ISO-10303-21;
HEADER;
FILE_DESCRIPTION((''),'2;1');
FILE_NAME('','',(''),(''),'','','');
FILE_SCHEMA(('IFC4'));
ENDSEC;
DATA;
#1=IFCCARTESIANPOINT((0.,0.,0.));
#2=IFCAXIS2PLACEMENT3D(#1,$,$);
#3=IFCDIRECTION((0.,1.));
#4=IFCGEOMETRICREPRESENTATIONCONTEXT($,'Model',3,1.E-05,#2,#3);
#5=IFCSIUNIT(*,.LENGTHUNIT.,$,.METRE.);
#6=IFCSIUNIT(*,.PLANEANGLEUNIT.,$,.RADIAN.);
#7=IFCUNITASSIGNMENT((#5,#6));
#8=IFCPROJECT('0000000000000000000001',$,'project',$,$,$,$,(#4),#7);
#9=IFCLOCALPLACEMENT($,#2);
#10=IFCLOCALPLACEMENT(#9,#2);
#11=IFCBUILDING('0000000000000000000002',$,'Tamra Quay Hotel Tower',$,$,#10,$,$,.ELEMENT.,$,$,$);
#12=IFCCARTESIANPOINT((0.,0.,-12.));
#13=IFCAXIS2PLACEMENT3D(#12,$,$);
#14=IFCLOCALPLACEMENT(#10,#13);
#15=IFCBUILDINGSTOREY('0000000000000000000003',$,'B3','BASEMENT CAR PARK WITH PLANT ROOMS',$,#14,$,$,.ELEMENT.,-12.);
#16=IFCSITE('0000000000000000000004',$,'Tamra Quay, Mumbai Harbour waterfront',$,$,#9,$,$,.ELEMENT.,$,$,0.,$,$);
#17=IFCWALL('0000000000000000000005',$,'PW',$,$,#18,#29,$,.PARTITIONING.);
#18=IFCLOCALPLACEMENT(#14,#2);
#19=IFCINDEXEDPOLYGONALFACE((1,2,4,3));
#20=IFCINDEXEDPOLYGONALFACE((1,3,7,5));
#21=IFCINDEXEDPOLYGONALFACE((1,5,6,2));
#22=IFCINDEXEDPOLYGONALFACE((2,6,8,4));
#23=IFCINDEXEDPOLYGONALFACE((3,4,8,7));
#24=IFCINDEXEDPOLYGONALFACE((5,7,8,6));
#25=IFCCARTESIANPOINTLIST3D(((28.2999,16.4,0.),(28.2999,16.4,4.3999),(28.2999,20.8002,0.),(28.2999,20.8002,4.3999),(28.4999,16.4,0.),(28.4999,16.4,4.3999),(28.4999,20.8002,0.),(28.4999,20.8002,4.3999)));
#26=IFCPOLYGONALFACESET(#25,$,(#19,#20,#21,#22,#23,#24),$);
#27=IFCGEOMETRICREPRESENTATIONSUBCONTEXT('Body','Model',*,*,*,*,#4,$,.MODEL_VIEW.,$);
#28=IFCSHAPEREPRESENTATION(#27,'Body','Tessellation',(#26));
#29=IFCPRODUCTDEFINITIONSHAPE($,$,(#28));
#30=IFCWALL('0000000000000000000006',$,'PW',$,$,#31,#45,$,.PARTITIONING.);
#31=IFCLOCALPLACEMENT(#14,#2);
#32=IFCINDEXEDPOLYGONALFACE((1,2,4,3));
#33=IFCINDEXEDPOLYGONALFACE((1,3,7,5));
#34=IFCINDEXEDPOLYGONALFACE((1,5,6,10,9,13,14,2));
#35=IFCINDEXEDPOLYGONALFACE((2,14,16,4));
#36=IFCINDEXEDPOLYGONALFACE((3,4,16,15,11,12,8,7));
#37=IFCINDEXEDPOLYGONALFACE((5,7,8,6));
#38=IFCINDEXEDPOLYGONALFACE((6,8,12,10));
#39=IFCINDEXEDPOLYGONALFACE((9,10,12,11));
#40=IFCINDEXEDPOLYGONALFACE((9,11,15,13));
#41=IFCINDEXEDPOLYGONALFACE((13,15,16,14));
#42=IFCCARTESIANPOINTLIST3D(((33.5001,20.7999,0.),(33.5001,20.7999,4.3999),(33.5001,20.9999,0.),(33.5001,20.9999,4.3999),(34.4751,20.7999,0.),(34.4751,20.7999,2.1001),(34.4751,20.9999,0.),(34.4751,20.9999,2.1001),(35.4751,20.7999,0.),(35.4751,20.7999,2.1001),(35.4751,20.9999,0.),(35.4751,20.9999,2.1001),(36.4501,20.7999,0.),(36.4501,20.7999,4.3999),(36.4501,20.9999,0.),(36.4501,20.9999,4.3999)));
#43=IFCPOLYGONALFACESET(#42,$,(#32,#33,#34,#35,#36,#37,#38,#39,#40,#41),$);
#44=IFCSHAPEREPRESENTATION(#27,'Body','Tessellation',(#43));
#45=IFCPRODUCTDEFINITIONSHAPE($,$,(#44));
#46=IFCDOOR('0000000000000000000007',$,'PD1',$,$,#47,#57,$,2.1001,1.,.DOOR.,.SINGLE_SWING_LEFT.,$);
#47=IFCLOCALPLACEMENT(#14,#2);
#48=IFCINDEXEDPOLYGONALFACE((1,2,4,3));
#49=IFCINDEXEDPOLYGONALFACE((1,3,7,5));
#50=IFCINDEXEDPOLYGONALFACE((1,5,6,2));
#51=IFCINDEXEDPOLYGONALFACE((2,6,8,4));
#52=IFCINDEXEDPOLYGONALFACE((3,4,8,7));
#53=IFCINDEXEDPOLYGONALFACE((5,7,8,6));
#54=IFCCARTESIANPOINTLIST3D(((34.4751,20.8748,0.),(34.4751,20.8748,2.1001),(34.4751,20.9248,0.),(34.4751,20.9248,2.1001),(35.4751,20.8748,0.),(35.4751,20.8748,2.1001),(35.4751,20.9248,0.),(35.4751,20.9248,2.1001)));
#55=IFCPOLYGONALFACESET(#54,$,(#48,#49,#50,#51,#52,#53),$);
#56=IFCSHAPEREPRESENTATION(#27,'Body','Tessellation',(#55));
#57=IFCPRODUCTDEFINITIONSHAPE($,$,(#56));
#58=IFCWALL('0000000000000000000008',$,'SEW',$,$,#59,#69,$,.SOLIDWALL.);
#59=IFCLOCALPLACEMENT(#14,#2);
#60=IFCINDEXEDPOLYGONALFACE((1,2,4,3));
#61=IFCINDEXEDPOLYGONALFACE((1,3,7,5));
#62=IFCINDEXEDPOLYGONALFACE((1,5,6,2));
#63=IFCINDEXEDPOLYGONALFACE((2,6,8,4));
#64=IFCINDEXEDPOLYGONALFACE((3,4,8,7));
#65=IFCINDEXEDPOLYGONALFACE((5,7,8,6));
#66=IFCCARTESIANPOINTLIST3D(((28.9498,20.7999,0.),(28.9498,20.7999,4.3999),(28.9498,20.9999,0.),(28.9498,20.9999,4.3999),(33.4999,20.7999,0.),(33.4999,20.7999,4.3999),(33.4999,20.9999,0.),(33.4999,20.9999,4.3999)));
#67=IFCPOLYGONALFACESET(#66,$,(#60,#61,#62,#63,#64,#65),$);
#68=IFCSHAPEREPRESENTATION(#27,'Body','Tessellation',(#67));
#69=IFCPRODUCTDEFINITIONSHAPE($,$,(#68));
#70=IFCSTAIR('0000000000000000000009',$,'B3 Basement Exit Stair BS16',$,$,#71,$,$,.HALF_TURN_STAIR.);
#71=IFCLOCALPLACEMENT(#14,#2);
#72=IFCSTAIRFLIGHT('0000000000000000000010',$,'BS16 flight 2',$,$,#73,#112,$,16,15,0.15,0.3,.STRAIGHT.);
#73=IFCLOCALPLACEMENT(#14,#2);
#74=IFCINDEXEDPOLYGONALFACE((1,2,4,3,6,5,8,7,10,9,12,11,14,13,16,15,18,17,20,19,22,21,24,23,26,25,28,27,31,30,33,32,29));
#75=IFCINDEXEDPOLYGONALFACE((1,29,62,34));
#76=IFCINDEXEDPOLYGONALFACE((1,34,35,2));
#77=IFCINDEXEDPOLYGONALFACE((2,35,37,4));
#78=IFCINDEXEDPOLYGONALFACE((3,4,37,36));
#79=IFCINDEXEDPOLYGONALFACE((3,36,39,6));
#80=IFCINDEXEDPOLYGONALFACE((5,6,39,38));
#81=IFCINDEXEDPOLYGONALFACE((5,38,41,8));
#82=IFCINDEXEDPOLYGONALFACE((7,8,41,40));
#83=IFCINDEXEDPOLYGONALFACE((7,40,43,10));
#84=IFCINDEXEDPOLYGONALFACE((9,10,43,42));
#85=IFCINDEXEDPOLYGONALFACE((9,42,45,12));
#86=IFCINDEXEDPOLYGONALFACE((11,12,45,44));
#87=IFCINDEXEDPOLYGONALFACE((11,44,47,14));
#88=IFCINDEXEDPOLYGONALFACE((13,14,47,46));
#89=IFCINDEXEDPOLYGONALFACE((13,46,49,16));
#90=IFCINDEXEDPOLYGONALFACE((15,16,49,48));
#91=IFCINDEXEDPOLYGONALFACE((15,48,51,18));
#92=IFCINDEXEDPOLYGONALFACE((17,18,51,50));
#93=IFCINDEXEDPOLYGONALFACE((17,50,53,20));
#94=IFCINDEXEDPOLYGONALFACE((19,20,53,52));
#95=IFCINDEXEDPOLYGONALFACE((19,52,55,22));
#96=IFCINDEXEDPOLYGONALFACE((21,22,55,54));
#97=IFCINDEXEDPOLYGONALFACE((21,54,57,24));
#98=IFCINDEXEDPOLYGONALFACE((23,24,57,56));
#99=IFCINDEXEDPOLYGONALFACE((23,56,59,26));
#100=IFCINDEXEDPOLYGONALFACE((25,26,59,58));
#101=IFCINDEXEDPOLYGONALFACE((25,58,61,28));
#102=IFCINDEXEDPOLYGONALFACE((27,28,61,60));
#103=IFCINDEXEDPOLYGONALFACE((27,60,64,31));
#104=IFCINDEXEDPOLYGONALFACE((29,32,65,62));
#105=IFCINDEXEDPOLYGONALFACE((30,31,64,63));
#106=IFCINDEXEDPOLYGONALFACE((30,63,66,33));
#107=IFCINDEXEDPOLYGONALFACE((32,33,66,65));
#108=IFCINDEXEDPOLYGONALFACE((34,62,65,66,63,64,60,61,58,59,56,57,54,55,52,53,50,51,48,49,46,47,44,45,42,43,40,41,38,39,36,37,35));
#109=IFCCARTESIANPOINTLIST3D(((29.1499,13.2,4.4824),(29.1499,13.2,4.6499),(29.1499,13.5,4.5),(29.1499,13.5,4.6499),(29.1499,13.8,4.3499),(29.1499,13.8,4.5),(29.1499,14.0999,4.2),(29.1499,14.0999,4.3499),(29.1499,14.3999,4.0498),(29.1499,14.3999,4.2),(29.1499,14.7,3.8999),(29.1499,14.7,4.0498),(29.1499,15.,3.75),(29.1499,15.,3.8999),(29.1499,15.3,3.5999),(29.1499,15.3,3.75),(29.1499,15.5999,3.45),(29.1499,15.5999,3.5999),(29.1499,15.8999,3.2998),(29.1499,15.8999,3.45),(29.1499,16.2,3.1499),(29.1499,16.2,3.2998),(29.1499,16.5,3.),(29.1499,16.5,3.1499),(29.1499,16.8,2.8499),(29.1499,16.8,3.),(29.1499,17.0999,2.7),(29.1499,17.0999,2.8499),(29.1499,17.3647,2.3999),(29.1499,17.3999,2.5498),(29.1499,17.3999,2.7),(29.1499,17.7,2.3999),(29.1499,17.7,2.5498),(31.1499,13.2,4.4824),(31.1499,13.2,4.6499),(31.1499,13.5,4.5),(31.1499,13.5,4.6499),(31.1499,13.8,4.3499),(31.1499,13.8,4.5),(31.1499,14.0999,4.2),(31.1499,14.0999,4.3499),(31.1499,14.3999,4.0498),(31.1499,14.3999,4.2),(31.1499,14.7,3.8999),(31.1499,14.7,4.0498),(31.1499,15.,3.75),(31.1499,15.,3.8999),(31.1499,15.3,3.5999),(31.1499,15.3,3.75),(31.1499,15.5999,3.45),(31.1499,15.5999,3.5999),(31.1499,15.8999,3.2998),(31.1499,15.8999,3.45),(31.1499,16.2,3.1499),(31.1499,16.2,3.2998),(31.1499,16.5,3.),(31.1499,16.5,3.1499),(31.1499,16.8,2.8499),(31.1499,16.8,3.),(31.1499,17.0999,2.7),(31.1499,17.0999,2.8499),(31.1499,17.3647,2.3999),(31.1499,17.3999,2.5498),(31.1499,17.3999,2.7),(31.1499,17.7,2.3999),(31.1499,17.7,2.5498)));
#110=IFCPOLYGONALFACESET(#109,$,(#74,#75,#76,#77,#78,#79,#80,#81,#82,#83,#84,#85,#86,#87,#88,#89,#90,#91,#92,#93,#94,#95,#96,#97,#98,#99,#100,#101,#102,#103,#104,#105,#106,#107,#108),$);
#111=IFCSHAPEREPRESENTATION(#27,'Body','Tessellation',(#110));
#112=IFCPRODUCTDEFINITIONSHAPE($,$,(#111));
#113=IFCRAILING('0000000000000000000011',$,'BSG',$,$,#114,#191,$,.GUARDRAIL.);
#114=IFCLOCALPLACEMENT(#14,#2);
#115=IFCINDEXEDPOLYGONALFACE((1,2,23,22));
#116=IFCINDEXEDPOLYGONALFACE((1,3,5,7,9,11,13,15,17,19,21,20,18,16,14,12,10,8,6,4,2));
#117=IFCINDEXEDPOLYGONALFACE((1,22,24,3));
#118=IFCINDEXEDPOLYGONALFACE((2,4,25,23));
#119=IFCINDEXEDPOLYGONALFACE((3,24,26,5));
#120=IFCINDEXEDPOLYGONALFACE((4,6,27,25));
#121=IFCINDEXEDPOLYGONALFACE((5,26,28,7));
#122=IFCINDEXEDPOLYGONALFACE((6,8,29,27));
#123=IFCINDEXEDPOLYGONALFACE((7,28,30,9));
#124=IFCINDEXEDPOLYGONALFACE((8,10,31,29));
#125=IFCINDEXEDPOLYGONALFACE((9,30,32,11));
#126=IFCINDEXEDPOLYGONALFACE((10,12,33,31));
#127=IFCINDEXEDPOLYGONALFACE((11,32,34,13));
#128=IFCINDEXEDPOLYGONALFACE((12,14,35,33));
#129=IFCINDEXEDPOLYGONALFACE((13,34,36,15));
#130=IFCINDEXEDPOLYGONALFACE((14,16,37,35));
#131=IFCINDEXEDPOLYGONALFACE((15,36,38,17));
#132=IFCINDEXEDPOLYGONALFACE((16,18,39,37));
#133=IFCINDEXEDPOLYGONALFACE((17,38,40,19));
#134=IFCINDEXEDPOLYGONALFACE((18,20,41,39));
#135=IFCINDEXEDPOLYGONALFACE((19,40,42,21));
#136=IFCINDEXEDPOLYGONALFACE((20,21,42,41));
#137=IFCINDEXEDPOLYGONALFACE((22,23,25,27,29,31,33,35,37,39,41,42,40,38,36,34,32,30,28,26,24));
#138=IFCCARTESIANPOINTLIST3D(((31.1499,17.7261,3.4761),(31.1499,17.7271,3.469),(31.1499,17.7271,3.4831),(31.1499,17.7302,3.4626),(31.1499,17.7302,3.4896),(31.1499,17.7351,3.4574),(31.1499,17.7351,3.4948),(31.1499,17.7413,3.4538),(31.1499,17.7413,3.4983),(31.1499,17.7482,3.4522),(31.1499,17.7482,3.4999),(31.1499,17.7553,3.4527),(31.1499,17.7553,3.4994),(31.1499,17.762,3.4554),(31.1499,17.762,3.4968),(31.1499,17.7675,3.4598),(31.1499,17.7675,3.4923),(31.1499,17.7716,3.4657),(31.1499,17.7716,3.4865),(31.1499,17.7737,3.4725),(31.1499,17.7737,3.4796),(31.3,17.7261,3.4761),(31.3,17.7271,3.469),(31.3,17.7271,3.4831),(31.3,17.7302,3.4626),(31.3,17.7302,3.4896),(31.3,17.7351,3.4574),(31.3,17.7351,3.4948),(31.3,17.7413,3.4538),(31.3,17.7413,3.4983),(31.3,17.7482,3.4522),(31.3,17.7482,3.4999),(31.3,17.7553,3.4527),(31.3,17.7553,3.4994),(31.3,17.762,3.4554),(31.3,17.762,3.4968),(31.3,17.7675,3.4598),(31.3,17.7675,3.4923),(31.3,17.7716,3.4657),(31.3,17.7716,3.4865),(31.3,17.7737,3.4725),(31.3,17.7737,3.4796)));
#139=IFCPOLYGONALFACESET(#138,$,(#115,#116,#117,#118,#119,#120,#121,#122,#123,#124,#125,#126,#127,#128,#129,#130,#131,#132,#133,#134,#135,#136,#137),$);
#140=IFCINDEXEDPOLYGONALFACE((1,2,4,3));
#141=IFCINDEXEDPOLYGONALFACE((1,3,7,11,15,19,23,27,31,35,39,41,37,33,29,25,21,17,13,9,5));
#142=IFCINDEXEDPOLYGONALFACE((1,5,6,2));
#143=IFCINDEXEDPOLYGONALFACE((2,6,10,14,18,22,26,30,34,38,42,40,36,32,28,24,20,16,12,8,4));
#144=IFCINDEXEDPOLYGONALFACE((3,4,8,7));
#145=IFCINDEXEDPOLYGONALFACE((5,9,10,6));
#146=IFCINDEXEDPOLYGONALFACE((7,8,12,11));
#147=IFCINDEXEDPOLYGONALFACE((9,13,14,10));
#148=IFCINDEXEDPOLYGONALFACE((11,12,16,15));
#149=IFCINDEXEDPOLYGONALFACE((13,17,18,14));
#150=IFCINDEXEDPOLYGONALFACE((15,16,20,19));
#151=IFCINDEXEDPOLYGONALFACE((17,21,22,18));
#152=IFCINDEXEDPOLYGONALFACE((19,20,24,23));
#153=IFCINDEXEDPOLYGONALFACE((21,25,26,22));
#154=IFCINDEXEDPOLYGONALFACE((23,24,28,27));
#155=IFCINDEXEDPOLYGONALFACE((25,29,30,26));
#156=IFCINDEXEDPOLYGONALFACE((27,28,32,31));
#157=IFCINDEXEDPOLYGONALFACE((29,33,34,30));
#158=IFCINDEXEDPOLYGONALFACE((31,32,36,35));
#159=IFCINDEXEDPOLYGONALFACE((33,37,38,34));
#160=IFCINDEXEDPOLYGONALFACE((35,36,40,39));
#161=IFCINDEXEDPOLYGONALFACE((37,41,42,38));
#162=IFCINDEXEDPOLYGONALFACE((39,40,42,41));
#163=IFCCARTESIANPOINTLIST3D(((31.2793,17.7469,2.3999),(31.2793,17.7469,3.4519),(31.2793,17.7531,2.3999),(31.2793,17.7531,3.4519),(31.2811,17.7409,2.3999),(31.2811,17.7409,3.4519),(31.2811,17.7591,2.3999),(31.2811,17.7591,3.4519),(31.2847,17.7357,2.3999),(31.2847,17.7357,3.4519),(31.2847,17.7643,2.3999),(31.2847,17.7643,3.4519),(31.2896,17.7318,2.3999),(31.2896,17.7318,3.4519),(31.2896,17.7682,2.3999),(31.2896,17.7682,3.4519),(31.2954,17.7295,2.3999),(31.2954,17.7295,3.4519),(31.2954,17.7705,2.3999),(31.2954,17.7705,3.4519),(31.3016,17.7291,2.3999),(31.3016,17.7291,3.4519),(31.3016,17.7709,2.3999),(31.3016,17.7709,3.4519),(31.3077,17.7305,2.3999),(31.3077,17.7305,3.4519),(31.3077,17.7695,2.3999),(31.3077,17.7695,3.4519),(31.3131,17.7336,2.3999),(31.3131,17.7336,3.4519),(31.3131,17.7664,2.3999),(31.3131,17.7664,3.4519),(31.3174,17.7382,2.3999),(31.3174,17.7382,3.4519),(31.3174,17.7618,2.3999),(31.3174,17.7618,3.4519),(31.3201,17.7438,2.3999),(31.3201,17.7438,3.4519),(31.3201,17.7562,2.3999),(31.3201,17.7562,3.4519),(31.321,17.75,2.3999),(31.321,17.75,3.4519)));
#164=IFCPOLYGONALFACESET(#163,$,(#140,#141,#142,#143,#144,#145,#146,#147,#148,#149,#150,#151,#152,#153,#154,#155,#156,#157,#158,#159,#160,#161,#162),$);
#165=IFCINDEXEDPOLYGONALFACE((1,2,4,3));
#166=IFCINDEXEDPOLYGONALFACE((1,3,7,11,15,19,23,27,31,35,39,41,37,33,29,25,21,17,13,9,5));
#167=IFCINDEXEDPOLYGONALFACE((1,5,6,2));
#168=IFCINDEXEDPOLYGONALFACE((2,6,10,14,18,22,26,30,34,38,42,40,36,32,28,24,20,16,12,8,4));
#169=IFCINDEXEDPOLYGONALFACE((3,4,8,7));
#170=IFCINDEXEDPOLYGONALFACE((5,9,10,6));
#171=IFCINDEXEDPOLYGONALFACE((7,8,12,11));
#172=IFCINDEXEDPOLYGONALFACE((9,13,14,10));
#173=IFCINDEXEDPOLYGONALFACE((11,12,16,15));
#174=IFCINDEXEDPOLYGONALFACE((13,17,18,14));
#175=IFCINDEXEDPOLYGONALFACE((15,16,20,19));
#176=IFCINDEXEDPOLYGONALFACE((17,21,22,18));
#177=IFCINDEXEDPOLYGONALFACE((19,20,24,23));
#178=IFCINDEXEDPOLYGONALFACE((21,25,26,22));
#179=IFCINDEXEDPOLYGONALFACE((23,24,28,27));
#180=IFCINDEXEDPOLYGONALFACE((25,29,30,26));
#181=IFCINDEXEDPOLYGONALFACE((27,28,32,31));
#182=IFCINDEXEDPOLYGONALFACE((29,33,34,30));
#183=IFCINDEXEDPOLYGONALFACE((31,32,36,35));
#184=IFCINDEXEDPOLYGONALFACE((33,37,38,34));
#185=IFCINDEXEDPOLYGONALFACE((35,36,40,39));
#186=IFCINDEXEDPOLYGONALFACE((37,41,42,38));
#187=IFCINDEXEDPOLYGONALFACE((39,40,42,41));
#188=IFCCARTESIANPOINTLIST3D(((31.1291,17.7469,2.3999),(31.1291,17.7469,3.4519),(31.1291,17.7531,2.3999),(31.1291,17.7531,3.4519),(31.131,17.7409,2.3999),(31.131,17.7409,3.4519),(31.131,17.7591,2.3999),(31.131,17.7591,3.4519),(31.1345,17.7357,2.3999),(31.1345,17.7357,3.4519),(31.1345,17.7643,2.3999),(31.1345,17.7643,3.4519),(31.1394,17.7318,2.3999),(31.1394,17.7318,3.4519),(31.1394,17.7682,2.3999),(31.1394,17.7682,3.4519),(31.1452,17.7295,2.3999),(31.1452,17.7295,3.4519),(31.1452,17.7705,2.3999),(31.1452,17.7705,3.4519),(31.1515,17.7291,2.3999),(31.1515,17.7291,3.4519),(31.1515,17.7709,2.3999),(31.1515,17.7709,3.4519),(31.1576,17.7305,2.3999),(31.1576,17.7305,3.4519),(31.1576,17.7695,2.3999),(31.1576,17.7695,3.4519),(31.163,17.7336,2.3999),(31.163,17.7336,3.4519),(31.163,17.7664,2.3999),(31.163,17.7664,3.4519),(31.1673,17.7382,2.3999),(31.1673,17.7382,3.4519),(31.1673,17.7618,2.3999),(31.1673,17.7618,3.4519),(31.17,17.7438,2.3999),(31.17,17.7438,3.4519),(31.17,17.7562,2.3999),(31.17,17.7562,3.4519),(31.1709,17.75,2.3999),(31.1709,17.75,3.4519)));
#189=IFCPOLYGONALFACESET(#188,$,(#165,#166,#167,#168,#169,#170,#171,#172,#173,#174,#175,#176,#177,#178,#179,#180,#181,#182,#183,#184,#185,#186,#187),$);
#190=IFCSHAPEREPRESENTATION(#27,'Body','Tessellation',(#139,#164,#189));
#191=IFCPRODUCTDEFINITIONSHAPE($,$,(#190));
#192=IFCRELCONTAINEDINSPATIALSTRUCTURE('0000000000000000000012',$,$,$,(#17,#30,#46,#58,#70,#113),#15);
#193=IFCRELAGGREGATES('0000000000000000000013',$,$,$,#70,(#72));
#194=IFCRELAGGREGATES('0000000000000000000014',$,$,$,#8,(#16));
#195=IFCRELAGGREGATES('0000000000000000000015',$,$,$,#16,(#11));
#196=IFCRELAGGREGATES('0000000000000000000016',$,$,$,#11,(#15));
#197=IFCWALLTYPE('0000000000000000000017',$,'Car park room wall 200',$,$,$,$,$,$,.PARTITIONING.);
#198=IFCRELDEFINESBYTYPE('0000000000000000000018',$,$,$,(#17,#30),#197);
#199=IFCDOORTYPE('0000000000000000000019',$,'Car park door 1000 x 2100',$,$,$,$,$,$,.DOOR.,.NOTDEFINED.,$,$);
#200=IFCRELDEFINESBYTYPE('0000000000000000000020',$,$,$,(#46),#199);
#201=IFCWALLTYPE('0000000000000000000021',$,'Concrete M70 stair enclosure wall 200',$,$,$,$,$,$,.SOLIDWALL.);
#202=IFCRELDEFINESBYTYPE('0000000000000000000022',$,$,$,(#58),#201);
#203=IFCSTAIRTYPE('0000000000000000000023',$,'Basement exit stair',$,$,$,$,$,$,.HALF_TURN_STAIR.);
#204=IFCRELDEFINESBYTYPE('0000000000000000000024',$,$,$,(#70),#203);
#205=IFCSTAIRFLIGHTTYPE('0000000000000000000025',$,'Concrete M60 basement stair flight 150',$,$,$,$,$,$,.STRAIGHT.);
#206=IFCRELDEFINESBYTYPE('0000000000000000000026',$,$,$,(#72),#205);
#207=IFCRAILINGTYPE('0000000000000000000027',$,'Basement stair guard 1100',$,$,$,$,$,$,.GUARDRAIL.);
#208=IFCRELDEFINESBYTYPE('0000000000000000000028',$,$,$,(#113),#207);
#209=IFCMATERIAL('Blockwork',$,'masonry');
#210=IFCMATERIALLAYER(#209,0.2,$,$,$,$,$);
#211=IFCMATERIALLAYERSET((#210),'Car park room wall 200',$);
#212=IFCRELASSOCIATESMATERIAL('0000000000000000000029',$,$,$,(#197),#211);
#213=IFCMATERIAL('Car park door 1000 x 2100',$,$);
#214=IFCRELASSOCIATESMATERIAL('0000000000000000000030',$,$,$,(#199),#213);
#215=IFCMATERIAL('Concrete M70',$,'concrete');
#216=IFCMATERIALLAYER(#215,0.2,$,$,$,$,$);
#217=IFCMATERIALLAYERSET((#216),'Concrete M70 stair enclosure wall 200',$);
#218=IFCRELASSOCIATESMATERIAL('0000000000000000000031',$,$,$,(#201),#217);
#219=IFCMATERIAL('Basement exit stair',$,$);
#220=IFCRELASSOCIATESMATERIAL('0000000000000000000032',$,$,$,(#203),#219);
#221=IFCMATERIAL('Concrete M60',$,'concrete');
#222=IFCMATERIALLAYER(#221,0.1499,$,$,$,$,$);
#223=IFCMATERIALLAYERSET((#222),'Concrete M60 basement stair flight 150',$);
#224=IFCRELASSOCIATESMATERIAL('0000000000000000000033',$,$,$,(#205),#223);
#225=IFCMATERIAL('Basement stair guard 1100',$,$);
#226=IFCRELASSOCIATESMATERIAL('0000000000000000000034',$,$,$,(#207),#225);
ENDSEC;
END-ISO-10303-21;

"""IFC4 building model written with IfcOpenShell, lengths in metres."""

from ifc_helpers import new_model, si_unit, direction, frame, frame_2d, origin, origin_2d, place, context, subcontext, project, spatial, polyline, rectangle, circle, outline, extrude, material, layer, layer_set, type_object, element, fill, aggregate, save


model = new_model("IFC4")

# Units and contexts
model_context = context("Model", 3, precision=1e-05, world=origin(), true_north=direction((0.0, 1.0)))
body_context = subcontext(model_context, "Body", "Model", "MODEL_VIEW")
ifc_project = project(units=[si_unit("LENGTHUNIT", "METRE"), si_unit("PLANEANGLEUNIT", "RADIAN")], contexts=[model_context])

# Site, building, storey
site_placement = place(None, origin())
site = spatial("IfcSite", under=ifc_project, at=site_placement, Name="Tamra Quay, Mumbai Harbour waterfront", CompositionType="ELEMENT", RefElevation=0.0)
building_placement = place(site_placement, origin())
building = spatial("IfcBuilding", under=site, at=building_placement, Name="Tamra Quay Hotel Tower", CompositionType="ELEMENT")
storey_placement = place(building_placement, frame((0.0, 0.0, -12.0)))
storey = spatial("IfcBuildingStorey", under=building, at=storey_placement, Name="B3", Description="BASEMENT CAR PARK WITH PLANT ROOMS", CompositionType="ELEMENT", Elevation=-12.0)

# Shared definitions
ifc_material_1 = material(Name="Concrete M70", Category="concrete")

# Wall
ifc_material_2 = material(Name="Blockwork", Category="masonry")
ifc_layer_1 = layer(ifc_material_2, 0.2)
ifc_layer_set_1 = layer_set([ifc_layer_1], Name="Car park room wall 200")
wall_type_1 = type_object("IfcWallType", Name="Car park room wall 200", PredefinedType="PARTITIONING", material=ifc_layer_set_1)
wall_1_placement = place(storey_placement, frame((28.3999, 16.3999, 0.0), z_axis=(0.0, 0.0, 1.0), x_axis=(0.0, 1.0, 0.0)))
element("IfcWall", 1, at=wall_1_placement, inside=storey, type_object=wall_type_1, Name="PW", PredefinedType="PARTITIONING", context=body_context, shape_type="SweptSolid", body=[
    extrude(rectangle(XDim=4.4001, YDim=0.2, at=frame_2d((2.2002, 0.0))), origin(), (0.0, 0.0, 1.0), 4.3999),
])

# Wall, opening, door
wall_2_placement = place(storey_placement, frame((33.5, 20.8999, 0.0), z_axis=(0.0, 0.0, 1.0), x_axis=(1.0, 0.0, 0.0)))
wall_2 = element("IfcWall", 2, at=wall_2_placement, inside=storey, type_object=wall_type_1, Name="PW", PredefinedType="PARTITIONING", context=body_context, shape_type="SweptSolid", body=[
    extrude(rectangle(XDim=2.95, YDim=0.2, at=frame_2d((1.4751, 0.0))), origin(), (0.0, 0.0, 1.0), 4.3999),
])
opening_placement = place(wall_2_placement, frame((0.9751, 0.0, 0.0)))
opening = element("IfcOpeningElement", 3, at=opening_placement, cuts=wall_2, PredefinedType="OPENING", context=body_context, shape_type="SweptSolid", body=[
    extrude(rectangle(XDim=1.0, YDim=2.1001, at=frame_2d((0.5, 1.05))), frame((0.0, 0.1099, 0.0), z_axis=(0.0, -1.0, 0.0), x_axis=(1.0, 0.0, 0.0)), (0.0, 0.0, 1.0), 0.22),
])
ifc_material_3 = material(Name="Car park door 1000 x 2100")
door_type = type_object("IfcDoorType", Name="Car park door 1000 x 2100", OperationType="NOTDEFINED", PredefinedType="DOOR", material=ifc_material_3)
door_placement = place(opening_placement, origin())
door = element("IfcDoor", 4, at=door_placement, inside=storey, type_object=door_type, Name="PD1", OperationType="SINGLE_SWING_LEFT", OverallHeight=2.1001, OverallWidth=1.0, PredefinedType="DOOR", context=body_context, shape_type="SweptSolid", body=[
    extrude(rectangle(XDim=1.0, YDim=2.1001, at=frame_2d((0.5, 1.05))), frame((0.0, 0.0249, 0.0), z_axis=(0.0, -1.0, 0.0), x_axis=(1.0, 0.0, 0.0)), (0.0, 0.0, 1.0), 0.05),
])
fill(opening, door)

# Wall
ifc_layer_2 = layer(ifc_material_1, 0.2)
ifc_layer_set_2 = layer_set([ifc_layer_2], Name="Concrete M70 stair enclosure wall 200")
wall_type_2 = type_object("IfcWallType", Name="Concrete M70 stair enclosure wall 200", PredefinedType="SOLIDWALL", material=ifc_layer_set_2)
wall_3_placement = place(storey_placement, frame((28.95, 20.8999, 0.0), z_axis=(0.0, 0.0, 1.0), x_axis=(1.0, 0.0, 0.0)))
element("IfcWall", 5, at=wall_3_placement, inside=storey, type_object=wall_type_2, Name="SEW", PredefinedType="SOLIDWALL", context=body_context, shape_type="SweptSolid", body=[
    extrude(rectangle(XDim=4.55, YDim=0.2, at=frame_2d((2.2749, 0.0))), origin(), (0.0, 0.0, 1.0), 4.3999),
])

# Stair, stair flight
ifc_material_4 = material(Name="Basement exit stair")
stair_type = type_object("IfcStairType", Name="Basement exit stair", PredefinedType="HALF_TURN_STAIR", material=ifc_material_4)
stair_placement = place(storey_placement, origin())
stair = element("IfcStair", 6, at=stair_placement, inside=storey, type_object=stair_type, Name="B3 Basement Exit Stair BS16", PredefinedType="HALF_TURN_STAIR")
ifc_material_5 = material(Name="Concrete M60", Category="concrete")
ifc_layer_3 = layer(ifc_material_5, 0.1499)
ifc_layer_set_3 = layer_set([ifc_layer_3], Name="Concrete M60 basement stair flight 150")
stair_flight_type = type_object("IfcStairFlightType", Name="Concrete M60 basement stair flight 150", PredefinedType="STRAIGHT", material=ifc_layer_set_3)
stair_flight_placement = place(storey_placement, frame((30.1499, 17.7, 2.3999), z_axis=(0.0, 0.0, 1.0), x_axis=(0.0, -1.0, 0.0)))
stair_flight = element("IfcStairFlight", 7, at=stair_flight_placement, type_object=stair_flight_type, Name="BS16 flight 2", NumberOfRisers=16, NumberOfTreads=15, PredefinedType="STRAIGHT", RiserHeight=0.15, TreadLength=0.3, context=body_context, shape_type="SweptSolid", body=[
    extrude(outline(polyline([(0.0, 0.0), (0.0, 0.1499), (0.3, 0.1499), (0.3, 0.3), (0.6001, 0.3), (0.6001, 0.45), (0.8999, 0.45), (0.8999, 0.6001), (1.2, 0.6001), (1.2, 0.75), (1.5, 0.75), (1.5, 0.8999), (1.8, 0.8999), (1.8, 1.05), (2.1001, 1.05), (2.1001, 1.2), (2.3999, 1.2), (2.3999, 1.3501), (2.7, 1.3501), (2.7, 1.5), (3.0, 1.5), (3.0, 1.6499), (3.3, 1.6499), (3.3, 1.8), (3.6001, 1.8), (3.6001, 1.95), (3.8999, 1.95), (3.8999, 2.1001), (4.2, 2.1001), (4.2, 2.25), (4.5, 2.25), (4.5, 2.3999), (4.5, 2.0825), (0.3352, 0.0), (0.0, 0.0)])), frame((0.0, 1.0, 0.0), z_axis=(0.0, -1.0, 0.0), x_axis=(1.0, 0.0, 0.0)), (0.0, 0.0, 1.0), 2.0),
])
aggregate(stair, [stair_flight])

# Railing
ifc_material_6 = material(Name="Basement stair guard 1100")
railing_type_1 = type_object("IfcRailingType", Name="Basement stair guard 1100", PredefinedType="GUARDRAIL", material=ifc_material_6)
railing_1_placement = place(storey_placement, frame((31.3, 17.75, 2.3999)))
element("IfcRailing", 8, at=railing_1_placement, inside=storey, type_object=railing_type_1, Name="BSG", PredefinedType="GUARDRAIL", context=body_context, shape_type="SweptSolid", body=[
    extrude(circle(Radius=0.0239, at=origin_2d()), frame((0.0, 0.0, 1.0762), z_axis=(-1.0, 0.0, 0.0), x_axis=(0.0, -1.0, 0.0)), (0.0, 0.0, 1.0), 0.1501),
    extrude(circle(Radius=0.021, at=origin_2d()), origin(), (0.0, 0.0, 1.0), 1.052),
    extrude(circle(Radius=0.021, at=origin_2d()), frame((-0.1501, 0.0, 0.0)), (0.0, 0.0, 1.0), 1.052),
])

save(model, "model.ifc")
